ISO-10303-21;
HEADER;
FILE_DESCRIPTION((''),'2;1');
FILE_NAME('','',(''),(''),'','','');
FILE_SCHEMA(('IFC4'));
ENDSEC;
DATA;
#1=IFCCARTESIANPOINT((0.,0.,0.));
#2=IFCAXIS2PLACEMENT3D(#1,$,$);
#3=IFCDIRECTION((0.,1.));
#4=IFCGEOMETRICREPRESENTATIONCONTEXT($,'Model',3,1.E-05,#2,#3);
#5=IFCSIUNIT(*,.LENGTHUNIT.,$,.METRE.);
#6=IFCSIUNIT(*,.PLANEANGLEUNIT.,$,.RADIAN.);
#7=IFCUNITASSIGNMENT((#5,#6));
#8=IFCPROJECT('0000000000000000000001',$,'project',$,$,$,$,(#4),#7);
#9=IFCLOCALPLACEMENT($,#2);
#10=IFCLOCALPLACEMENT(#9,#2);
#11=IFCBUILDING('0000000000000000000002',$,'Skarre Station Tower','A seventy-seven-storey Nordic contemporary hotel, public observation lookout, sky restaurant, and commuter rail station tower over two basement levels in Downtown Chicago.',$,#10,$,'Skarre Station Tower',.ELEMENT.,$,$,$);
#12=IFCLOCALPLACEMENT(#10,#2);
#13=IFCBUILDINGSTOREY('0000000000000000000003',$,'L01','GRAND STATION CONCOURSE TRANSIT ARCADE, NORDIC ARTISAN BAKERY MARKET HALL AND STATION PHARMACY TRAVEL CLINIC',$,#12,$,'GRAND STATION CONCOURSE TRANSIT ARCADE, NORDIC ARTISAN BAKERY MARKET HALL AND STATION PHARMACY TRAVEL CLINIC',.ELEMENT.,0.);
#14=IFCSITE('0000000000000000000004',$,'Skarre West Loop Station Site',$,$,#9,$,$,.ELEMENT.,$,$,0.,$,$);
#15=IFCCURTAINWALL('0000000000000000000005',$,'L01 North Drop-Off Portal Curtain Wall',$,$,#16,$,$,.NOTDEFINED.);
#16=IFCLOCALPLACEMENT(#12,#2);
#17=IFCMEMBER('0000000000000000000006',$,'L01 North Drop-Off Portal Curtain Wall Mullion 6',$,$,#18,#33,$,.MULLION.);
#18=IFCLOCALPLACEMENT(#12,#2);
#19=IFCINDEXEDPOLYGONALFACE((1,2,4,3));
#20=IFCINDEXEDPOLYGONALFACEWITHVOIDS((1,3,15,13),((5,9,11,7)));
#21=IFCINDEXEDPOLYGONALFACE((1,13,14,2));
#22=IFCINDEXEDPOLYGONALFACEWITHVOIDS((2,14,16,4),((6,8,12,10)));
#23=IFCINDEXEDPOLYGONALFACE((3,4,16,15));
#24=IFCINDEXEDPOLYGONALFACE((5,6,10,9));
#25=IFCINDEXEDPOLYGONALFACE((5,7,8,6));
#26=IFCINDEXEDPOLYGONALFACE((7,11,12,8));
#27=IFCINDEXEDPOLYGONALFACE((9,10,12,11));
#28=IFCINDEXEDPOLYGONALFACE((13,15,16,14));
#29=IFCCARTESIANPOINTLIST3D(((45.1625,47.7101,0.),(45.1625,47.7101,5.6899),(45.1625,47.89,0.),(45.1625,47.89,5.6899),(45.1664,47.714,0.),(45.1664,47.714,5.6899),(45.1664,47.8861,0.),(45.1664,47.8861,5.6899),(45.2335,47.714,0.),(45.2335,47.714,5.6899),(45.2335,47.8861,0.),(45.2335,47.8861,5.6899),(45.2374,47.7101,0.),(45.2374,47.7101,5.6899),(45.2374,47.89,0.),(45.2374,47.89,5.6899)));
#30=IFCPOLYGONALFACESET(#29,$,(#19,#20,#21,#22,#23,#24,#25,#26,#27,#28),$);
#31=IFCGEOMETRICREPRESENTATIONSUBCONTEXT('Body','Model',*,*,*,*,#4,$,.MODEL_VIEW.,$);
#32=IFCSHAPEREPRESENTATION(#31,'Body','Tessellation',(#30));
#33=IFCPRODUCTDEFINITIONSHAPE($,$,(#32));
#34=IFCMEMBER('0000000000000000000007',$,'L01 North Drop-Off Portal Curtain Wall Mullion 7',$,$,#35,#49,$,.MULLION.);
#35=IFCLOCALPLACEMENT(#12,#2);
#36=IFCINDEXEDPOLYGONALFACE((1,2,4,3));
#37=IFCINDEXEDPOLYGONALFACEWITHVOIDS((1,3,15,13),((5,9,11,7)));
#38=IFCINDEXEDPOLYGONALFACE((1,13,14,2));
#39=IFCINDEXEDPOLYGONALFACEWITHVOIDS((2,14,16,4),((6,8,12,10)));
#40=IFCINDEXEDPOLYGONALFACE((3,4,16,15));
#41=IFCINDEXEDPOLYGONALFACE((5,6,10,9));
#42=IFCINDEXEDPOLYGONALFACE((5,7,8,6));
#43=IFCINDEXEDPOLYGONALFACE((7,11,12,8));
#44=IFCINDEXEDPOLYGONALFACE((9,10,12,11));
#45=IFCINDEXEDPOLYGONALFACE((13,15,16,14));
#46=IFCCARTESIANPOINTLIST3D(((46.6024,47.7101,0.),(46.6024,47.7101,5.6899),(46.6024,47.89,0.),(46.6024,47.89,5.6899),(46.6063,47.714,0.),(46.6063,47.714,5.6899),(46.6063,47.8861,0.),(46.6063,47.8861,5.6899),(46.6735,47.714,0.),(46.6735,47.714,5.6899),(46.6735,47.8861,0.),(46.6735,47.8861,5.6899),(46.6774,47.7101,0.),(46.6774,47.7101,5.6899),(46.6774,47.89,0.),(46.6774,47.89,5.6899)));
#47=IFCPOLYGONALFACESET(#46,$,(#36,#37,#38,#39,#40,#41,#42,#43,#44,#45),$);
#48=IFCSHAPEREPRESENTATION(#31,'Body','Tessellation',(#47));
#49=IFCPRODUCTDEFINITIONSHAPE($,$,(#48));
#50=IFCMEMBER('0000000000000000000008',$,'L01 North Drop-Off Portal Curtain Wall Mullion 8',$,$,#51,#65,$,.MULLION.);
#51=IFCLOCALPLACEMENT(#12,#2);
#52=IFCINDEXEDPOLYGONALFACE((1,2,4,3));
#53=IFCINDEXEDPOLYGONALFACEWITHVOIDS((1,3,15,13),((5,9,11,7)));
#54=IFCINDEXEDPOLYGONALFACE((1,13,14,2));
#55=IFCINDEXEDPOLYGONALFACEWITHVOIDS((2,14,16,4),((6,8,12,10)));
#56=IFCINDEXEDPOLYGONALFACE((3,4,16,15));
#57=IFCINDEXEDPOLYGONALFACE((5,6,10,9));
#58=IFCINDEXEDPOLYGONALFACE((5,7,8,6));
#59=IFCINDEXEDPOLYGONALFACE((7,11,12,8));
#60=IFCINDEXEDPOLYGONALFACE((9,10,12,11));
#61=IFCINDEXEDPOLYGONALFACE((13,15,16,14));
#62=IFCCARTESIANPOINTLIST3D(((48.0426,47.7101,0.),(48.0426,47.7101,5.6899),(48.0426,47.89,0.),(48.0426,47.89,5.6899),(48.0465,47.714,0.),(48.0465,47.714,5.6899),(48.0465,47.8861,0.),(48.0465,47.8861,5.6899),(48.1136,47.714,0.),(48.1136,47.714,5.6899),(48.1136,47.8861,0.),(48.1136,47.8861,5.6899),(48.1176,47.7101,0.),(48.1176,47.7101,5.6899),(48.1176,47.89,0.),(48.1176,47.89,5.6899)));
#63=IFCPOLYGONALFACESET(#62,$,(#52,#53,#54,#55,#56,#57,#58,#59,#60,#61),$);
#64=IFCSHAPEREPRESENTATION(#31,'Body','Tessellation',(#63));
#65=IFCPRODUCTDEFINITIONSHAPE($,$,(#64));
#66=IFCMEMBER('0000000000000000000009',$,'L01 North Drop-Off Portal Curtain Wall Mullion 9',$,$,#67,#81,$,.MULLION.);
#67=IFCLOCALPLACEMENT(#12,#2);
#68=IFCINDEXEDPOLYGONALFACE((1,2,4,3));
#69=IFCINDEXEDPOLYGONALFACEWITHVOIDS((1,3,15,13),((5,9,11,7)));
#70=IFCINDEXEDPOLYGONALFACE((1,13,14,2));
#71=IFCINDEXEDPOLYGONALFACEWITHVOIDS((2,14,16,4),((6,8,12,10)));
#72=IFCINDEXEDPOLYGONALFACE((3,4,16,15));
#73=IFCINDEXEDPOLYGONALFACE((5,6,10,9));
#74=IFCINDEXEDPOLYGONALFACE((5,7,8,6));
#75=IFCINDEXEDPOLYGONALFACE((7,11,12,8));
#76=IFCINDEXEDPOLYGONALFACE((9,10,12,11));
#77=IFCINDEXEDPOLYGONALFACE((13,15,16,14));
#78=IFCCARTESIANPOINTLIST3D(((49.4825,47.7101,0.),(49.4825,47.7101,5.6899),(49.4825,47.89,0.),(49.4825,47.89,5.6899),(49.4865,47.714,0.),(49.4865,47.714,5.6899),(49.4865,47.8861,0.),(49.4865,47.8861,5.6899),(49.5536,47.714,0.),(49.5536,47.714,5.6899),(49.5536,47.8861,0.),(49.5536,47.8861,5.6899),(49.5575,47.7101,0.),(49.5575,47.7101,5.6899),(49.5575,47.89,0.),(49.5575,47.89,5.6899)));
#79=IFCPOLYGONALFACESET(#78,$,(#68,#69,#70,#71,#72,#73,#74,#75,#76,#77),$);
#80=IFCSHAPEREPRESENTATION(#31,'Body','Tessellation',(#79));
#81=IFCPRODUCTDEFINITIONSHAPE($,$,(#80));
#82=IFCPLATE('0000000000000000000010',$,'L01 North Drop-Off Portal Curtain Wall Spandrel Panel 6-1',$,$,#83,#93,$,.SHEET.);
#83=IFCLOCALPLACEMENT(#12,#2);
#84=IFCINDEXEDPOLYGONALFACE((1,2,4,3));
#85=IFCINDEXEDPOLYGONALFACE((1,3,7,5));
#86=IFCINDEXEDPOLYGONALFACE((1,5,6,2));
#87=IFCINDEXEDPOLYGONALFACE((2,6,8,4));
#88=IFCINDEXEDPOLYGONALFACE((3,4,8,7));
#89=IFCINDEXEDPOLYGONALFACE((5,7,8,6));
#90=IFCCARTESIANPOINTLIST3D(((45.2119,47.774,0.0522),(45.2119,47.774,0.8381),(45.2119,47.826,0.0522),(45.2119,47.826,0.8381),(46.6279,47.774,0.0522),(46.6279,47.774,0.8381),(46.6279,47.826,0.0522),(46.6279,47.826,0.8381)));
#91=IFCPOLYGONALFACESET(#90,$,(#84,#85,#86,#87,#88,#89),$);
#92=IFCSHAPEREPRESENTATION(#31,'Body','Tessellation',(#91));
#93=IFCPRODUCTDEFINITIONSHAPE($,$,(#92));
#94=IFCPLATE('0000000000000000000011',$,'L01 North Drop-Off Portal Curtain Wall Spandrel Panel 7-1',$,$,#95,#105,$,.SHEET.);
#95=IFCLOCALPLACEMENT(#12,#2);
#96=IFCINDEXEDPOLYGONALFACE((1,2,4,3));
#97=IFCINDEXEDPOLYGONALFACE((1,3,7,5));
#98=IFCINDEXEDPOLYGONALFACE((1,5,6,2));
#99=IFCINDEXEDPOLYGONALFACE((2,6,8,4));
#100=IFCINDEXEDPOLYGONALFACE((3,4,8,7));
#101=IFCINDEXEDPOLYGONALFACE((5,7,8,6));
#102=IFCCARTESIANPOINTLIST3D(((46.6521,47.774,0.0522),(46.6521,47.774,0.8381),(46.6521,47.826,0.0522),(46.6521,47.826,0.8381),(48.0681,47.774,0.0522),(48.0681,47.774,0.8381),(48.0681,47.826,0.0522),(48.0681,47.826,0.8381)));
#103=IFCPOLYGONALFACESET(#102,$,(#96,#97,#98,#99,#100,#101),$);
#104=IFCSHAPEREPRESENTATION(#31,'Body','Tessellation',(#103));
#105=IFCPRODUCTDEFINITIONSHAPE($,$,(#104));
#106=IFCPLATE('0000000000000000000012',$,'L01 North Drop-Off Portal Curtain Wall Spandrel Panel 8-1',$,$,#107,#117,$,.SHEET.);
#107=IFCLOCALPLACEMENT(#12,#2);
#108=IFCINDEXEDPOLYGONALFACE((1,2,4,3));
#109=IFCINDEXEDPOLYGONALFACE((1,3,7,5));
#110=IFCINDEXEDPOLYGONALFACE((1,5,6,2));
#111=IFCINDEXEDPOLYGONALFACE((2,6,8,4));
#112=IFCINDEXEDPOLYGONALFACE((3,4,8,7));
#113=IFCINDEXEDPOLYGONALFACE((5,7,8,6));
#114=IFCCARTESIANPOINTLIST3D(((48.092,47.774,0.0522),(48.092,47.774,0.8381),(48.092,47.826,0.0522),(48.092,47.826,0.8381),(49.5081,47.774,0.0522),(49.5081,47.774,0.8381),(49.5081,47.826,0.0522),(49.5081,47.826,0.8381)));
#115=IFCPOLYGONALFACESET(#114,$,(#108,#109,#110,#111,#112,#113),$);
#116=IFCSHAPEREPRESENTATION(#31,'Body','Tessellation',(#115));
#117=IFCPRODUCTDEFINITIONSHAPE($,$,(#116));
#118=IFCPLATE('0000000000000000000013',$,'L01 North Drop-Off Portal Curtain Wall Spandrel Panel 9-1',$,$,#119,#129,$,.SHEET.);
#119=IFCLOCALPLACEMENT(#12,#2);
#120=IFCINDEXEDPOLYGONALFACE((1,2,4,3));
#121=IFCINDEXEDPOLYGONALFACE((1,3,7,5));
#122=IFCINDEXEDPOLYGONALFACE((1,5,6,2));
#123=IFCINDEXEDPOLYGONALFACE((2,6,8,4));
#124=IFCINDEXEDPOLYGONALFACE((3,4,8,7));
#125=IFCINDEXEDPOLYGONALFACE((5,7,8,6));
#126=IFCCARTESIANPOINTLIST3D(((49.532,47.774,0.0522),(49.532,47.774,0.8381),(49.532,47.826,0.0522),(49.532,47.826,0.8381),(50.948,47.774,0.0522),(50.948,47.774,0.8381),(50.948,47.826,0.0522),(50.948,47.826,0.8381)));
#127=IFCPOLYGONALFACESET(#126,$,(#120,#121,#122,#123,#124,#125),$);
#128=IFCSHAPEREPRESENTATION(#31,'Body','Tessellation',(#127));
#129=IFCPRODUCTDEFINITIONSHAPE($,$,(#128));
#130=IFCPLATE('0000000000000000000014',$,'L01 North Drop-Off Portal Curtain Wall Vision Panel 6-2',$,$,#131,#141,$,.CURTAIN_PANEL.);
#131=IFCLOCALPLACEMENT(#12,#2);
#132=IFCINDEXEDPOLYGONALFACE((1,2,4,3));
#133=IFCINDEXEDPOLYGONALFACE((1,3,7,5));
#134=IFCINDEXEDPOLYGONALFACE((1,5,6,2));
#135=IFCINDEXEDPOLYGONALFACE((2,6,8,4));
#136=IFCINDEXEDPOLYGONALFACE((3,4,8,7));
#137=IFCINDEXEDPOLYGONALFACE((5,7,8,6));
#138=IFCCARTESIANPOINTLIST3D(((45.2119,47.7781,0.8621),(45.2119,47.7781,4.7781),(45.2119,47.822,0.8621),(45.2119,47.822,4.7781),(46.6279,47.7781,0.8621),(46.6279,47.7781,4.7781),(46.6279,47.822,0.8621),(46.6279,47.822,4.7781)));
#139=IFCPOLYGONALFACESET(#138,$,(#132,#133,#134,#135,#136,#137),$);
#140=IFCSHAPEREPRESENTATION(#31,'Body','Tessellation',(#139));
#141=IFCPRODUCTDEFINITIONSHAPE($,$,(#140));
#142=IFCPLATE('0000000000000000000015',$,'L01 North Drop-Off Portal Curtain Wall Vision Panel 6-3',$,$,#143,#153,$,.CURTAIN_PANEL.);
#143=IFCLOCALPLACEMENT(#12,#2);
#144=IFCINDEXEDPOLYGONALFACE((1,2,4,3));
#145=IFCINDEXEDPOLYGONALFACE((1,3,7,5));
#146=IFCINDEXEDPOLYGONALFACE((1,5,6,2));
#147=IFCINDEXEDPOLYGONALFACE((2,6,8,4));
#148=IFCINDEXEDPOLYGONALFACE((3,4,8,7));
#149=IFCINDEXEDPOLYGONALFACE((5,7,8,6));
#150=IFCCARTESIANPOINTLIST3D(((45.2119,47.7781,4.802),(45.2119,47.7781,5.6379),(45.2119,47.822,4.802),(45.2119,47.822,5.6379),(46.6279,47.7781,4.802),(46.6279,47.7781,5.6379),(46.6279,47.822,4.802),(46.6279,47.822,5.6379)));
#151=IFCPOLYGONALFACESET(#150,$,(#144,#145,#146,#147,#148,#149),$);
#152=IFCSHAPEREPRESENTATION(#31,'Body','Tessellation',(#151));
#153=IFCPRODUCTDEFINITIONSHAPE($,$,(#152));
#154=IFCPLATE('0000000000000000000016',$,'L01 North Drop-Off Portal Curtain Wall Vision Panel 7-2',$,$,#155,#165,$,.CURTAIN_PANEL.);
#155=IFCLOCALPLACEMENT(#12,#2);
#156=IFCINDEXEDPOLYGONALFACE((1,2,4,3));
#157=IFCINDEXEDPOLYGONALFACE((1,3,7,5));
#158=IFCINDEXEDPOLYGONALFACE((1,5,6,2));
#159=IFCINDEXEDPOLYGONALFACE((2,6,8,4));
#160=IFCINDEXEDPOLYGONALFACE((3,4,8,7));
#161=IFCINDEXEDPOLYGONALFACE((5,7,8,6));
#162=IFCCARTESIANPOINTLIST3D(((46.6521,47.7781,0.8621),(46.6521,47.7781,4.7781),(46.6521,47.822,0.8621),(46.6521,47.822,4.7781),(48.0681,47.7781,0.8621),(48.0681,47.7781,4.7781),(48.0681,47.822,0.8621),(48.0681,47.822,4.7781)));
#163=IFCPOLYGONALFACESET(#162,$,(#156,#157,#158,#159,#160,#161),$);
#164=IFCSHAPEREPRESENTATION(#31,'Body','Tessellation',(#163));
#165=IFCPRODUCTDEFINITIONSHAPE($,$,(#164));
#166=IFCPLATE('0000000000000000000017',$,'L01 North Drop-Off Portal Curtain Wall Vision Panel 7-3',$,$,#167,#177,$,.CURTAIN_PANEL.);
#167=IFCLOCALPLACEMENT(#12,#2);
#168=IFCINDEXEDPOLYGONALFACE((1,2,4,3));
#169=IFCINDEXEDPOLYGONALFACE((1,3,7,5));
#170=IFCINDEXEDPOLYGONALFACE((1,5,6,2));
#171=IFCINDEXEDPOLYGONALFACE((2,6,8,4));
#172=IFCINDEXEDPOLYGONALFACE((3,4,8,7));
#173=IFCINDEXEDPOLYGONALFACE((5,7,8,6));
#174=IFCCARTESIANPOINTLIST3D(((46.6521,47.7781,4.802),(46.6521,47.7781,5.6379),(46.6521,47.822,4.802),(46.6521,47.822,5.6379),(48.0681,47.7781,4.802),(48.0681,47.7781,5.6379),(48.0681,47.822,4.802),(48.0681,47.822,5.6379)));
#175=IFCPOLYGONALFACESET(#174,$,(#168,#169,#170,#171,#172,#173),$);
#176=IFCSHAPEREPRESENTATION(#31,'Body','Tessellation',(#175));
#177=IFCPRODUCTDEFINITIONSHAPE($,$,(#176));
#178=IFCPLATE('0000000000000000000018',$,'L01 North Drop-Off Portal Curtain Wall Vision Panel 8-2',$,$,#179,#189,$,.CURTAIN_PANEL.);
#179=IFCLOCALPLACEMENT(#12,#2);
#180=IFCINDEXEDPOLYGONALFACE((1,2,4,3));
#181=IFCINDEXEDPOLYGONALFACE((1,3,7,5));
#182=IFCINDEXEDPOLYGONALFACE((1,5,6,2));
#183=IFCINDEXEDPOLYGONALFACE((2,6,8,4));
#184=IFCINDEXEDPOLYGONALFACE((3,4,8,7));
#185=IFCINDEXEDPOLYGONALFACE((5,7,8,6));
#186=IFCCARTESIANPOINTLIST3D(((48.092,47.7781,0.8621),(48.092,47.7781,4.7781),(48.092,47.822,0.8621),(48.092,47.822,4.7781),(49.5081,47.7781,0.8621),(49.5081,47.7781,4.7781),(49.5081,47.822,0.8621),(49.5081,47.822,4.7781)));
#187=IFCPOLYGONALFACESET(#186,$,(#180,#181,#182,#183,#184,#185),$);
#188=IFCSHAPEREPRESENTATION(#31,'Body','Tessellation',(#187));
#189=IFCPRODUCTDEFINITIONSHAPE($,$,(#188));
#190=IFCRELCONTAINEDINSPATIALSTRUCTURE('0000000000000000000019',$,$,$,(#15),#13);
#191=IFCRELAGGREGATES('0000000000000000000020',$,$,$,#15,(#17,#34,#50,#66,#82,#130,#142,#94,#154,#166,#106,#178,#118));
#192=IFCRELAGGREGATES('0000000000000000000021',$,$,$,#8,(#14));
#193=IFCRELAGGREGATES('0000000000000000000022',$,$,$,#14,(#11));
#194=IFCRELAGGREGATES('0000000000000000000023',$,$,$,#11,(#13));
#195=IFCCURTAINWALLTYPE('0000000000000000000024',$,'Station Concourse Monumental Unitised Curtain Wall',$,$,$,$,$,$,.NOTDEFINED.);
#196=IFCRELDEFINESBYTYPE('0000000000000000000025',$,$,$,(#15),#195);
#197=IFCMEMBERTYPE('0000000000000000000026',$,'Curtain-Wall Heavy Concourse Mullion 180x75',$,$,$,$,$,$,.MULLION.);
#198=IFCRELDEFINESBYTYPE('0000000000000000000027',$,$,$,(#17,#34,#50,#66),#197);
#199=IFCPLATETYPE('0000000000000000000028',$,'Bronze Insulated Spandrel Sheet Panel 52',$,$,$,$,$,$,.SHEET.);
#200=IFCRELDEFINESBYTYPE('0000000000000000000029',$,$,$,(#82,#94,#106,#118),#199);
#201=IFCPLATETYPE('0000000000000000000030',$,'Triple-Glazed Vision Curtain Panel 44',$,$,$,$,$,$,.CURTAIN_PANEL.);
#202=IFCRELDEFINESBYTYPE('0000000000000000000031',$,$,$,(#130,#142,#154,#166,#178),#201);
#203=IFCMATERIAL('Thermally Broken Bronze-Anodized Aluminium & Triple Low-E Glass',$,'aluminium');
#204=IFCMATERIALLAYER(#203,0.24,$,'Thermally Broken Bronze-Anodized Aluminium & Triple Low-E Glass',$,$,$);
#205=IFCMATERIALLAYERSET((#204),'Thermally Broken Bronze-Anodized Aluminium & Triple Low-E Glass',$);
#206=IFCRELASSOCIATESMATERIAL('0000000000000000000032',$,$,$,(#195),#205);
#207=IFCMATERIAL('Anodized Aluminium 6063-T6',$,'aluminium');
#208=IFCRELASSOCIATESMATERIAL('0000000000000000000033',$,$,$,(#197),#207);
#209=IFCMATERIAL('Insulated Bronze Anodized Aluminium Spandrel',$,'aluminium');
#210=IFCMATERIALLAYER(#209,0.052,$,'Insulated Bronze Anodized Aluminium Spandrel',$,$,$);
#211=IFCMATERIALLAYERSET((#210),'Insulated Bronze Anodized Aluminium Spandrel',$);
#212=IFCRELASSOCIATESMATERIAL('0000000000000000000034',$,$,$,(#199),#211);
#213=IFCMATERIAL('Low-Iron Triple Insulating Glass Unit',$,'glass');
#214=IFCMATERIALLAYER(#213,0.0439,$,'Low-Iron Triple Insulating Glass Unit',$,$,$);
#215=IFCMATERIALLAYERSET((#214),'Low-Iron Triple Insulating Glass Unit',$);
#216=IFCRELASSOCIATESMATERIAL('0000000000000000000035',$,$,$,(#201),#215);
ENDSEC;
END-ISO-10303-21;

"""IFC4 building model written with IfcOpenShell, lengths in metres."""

from ifc_helpers import new_model, si_unit, direction, frame, origin, origin_2d, place, context, subcontext, project, spatial, rectangle, hollow_rectangle, extrude, material, layer, layer_set, material_profile, profile_set, type_object, element, aggregate, save


model = new_model("IFC4")

# Units and contexts
model_context = context("Model", 3, precision=1e-05, world=origin(), true_north=direction((0.0, 1.0)))
body_context = subcontext(model_context, "Body", "Model", "MODEL_VIEW")
ifc_project = project(units=[si_unit("LENGTHUNIT", "METRE"), si_unit("PLANEANGLEUNIT", "RADIAN")], contexts=[model_context])

# Site, building, storey
site_placement = place(None, origin())
site = spatial("IfcSite", under=ifc_project, at=site_placement, Name="Skarre West Loop Station Site", CompositionType="ELEMENT", RefElevation=0.0)
building_placement = place(site_placement, origin())
building = spatial("IfcBuilding", under=site, at=building_placement, Name="Skarre Station Tower", Description="A seventy-seven-storey Nordic contemporary hotel, public observation lookout, sky restaurant, and commuter rail station tower over two basement levels in Downtown Chicago.", LongName="Skarre Station Tower", CompositionType="ELEMENT")
storey_placement = place(building_placement, origin())
storey = spatial("IfcBuildingStorey", under=building, at=storey_placement, Name="L01", Description="GRAND STATION CONCOURSE TRANSIT ARCADE, NORDIC ARTISAN BAKERY MARKET HALL AND STATION PHARMACY TRAVEL CLINIC", LongName="GRAND STATION CONCOURSE TRANSIT ARCADE, NORDIC ARTISAN BAKERY MARKET HALL AND STATION PHARMACY TRAVEL CLINIC", CompositionType="ELEMENT", Elevation=0.0)

# Curtain wall, members, plates
ifc_material_1 = material(Name="Thermally Broken Bronze-Anodized Aluminium & Triple Low-E Glass", Category="aluminium")
ifc_layer_1 = layer(ifc_material_1, 0.24, Name="Thermally Broken Bronze-Anodized Aluminium & Triple Low-E Glass")
ifc_layer_set_1 = layer_set([ifc_layer_1], Name="Thermally Broken Bronze-Anodized Aluminium & Triple Low-E Glass")
curtain_wall_type = type_object("IfcCurtainWallType", Name="Station Concourse Monumental Unitised Curtain Wall", PredefinedType="NOTDEFINED", material=ifc_layer_set_1)
curtain_wall_placement = place(storey_placement, origin())
curtain_wall = element("IfcCurtainWall", 1, at=curtain_wall_placement, inside=storey, type_object=curtain_wall_type, Name="L01 North Drop-Off Portal Curtain Wall", PredefinedType="NOTDEFINED")
ifc_material_2 = material(Name="Anodized Aluminium 6063-T6", Category="aluminium")
ifc_material_profile = material_profile(ifc_material_2, hollow_rectangle(XDim=0.075, YDim=0.1799, WallThickness=0.0039, at=origin_2d()), Name="Anodized Aluminium 6063-T6")
ifc_profile_set = profile_set([ifc_material_profile], Name="Anodized Aluminium 6063-T6")
member_type = type_object("IfcMemberType", Name="Curtain-Wall Heavy Concourse Mullion 180x75", PredefinedType="MULLION", material=ifc_profile_set)
member_1_placement = place(storey_placement, frame((45.2, 47.8, 0.0), z_axis=(0.0, 0.0, 1.0), x_axis=(1.0, 0.0, 0.0)))
member_1 = element("IfcMember", 2, at=member_1_placement, type_object=member_type, Name="L01 North Drop-Off Portal Curtain Wall Mullion 6", PredefinedType="MULLION", context=body_context, shape_type="SweptSolid", body=[
    extrude(hollow_rectangle(XDim=0.075, YDim=0.1799, WallThickness=0.0039, at=origin_2d()), origin(), (0.0, 0.0, 1.0), 5.6899),
])
member_2_placement = place(storey_placement, frame((46.6399, 47.8, 0.0), z_axis=(0.0, 0.0, 1.0), x_axis=(1.0, 0.0, 0.0)))
member_2 = element("IfcMember", 3, at=member_2_placement, type_object=member_type, Name="L01 North Drop-Off Portal Curtain Wall Mullion 7", PredefinedType="MULLION", context=body_context, shape_type="SweptSolid", body=[
    extrude(hollow_rectangle(XDim=0.075, YDim=0.1799, WallThickness=0.0039, at=origin_2d()), origin(), (0.0, 0.0, 1.0), 5.6899),
])
member_3_placement = place(storey_placement, frame((48.0801, 47.8, 0.0), z_axis=(0.0, 0.0, 1.0), x_axis=(1.0, 0.0, 0.0)))
member_3 = element("IfcMember", 4, at=member_3_placement, type_object=member_type, Name="L01 North Drop-Off Portal Curtain Wall Mullion 8", PredefinedType="MULLION", context=body_context, shape_type="SweptSolid", body=[
    extrude(hollow_rectangle(XDim=0.075, YDim=0.1799, WallThickness=0.0039, at=origin_2d()), origin(), (0.0, 0.0, 1.0), 5.6899),
])
member_4_placement = place(storey_placement, frame((49.52, 47.8, 0.0), z_axis=(0.0, 0.0, 1.0), x_axis=(1.0, 0.0, 0.0)))
member_4 = element("IfcMember", 5, at=member_4_placement, type_object=member_type, Name="L01 North Drop-Off Portal Curtain Wall Mullion 9", PredefinedType="MULLION", context=body_context, shape_type="SweptSolid", body=[
    extrude(hollow_rectangle(XDim=0.075, YDim=0.1799, WallThickness=0.0039, at=origin_2d()), origin(), (0.0, 0.0, 1.0), 5.6899),
])
ifc_material_3 = material(Name="Insulated Bronze Anodized Aluminium Spandrel", Category="aluminium")
ifc_layer_2 = layer(ifc_material_3, 0.052, Name="Insulated Bronze Anodized Aluminium Spandrel")
ifc_layer_set_2 = layer_set([ifc_layer_2], Name="Insulated Bronze Anodized Aluminium Spandrel")
plate_type_1 = type_object("IfcPlateType", Name="Bronze Insulated Spandrel Sheet Panel 52", PredefinedType="SHEET", material=ifc_layer_set_2)
plate_1_placement = place(storey_placement, frame((45.9199, 47.8, 0.0522), z_axis=(0.0, 0.0, 1.0), x_axis=(1.0, 0.0, 0.0)))
plate_1 = element("IfcPlate", 6, at=plate_1_placement, type_object=plate_type_1, Name="L01 North Drop-Off Portal Curtain Wall Spandrel Panel 6-1", PredefinedType="SHEET", context=body_context, shape_type="SweptSolid", body=[
    extrude(rectangle(XDim=1.416, YDim=0.052, at=origin_2d()), origin(), (0.0, 0.0, 1.0), 0.7859),
])
plate_2_placement = place(storey_placement, frame((47.3601, 47.8, 0.0522), z_axis=(0.0, 0.0, 1.0), x_axis=(1.0, 0.0, 0.0)))
plate_2 = element("IfcPlate", 7, at=plate_2_placement, type_object=plate_type_1, Name="L01 North Drop-Off Portal Curtain Wall Spandrel Panel 7-1", PredefinedType="SHEET", context=body_context, shape_type="SweptSolid", body=[
    extrude(rectangle(XDim=1.416, YDim=0.052, at=origin_2d()), origin(), (0.0, 0.0, 1.0), 0.7859),
])
plate_3_placement = place(storey_placement, frame((48.8, 47.8, 0.0522), z_axis=(0.0, 0.0, 1.0), x_axis=(1.0, 0.0, 0.0)))
plate_3 = element("IfcPlate", 8, at=plate_3_placement, type_object=plate_type_1, Name="L01 North Drop-Off Portal Curtain Wall Spandrel Panel 8-1", PredefinedType="SHEET", context=body_context, shape_type="SweptSolid", body=[
    extrude(rectangle(XDim=1.416, YDim=0.052, at=origin_2d()), origin(), (0.0, 0.0, 1.0), 0.7859),
])
plate_4_placement = place(storey_placement, frame((50.24, 47.8, 0.0522), z_axis=(0.0, 0.0, 1.0), x_axis=(1.0, 0.0, 0.0)))
plate_4 = element("IfcPlate", 9, at=plate_4_placement, type_object=plate_type_1, Name="L01 North Drop-Off Portal Curtain Wall Spandrel Panel 9-1", PredefinedType="SHEET", context=body_context, shape_type="SweptSolid", body=[
    extrude(rectangle(XDim=1.416, YDim=0.052, at=origin_2d()), origin(), (0.0, 0.0, 1.0), 0.7859),
])
ifc_material_4 = material(Name="Low-Iron Triple Insulating Glass Unit", Category="glass")
ifc_layer_3 = layer(ifc_material_4, 0.0439, Name="Low-Iron Triple Insulating Glass Unit")
ifc_layer_set_3 = layer_set([ifc_layer_3], Name="Low-Iron Triple Insulating Glass Unit")
plate_type_2 = type_object("IfcPlateType", Name="Triple-Glazed Vision Curtain Panel 44", PredefinedType="CURTAIN_PANEL", material=ifc_layer_set_3)
plate_5_placement = place(storey_placement, frame((45.9199, 47.8, 0.8621), z_axis=(0.0, 0.0, 1.0), x_axis=(1.0, 0.0, 0.0)))
plate_5 = element("IfcPlate", 10, at=plate_5_placement, type_object=plate_type_2, Name="L01 North Drop-Off Portal Curtain Wall Vision Panel 6-2", PredefinedType="CURTAIN_PANEL", context=body_context, shape_type="SweptSolid", body=[
    extrude(rectangle(XDim=1.416, YDim=0.0439, at=origin_2d()), origin(), (0.0, 0.0, 1.0), 3.916),
])
plate_6_placement = place(storey_placement, frame((45.9199, 47.8, 4.802), z_axis=(0.0, 0.0, 1.0), x_axis=(1.0, 0.0, 0.0)))
plate_6 = element("IfcPlate", 11, at=plate_6_placement, type_object=plate_type_2, Name="L01 North Drop-Off Portal Curtain Wall Vision Panel 6-3", PredefinedType="CURTAIN_PANEL", context=body_context, shape_type="SweptSolid", body=[
    extrude(rectangle(XDim=1.416, YDim=0.0439, at=origin_2d()), origin(), (0.0, 0.0, 1.0), 0.8359),
])
plate_7_placement = place(storey_placement, frame((47.3601, 47.8, 0.8621), z_axis=(0.0, 0.0, 1.0), x_axis=(1.0, 0.0, 0.0)))
plate_7 = element("IfcPlate", 12, at=plate_7_placement, type_object=plate_type_2, Name="L01 North Drop-Off Portal Curtain Wall Vision Panel 7-2", PredefinedType="CURTAIN_PANEL", context=body_context, shape_type="SweptSolid", body=[
    extrude(rectangle(XDim=1.416, YDim=0.0439, at=origin_2d()), origin(), (0.0, 0.0, 1.0), 3.916),
])
plate_8_placement = place(storey_placement, frame((47.3601, 47.8, 4.802), z_axis=(0.0, 0.0, 1.0), x_axis=(1.0, 0.0, 0.0)))
plate_8 = element("IfcPlate", 13, at=plate_8_placement, type_object=plate_type_2, Name="L01 North Drop-Off Portal Curtain Wall Vision Panel 7-3", PredefinedType="CURTAIN_PANEL", context=body_context, shape_type="SweptSolid", body=[
    extrude(rectangle(XDim=1.416, YDim=0.0439, at=origin_2d()), origin(), (0.0, 0.0, 1.0), 0.8359),
])
plate_9_placement = place(storey_placement, frame((48.8, 47.8, 0.8621), z_axis=(0.0, 0.0, 1.0), x_axis=(1.0, 0.0, 0.0)))
plate_9 = element("IfcPlate", 14, at=plate_9_placement, type_object=plate_type_2, Name="L01 North Drop-Off Portal Curtain Wall Vision Panel 8-2", PredefinedType="CURTAIN_PANEL", context=body_context, shape_type="SweptSolid", body=[
    extrude(rectangle(XDim=1.416, YDim=0.0439, at=origin_2d()), origin(), (0.0, 0.0, 1.0), 3.916),
])
aggregate(curtain_wall, [member_1, member_2, member_3, member_4, plate_1, plate_5, plate_6, plate_2, plate_7, plate_8, plate_3, plate_9, plate_4])

save(model, "model.ifc")
